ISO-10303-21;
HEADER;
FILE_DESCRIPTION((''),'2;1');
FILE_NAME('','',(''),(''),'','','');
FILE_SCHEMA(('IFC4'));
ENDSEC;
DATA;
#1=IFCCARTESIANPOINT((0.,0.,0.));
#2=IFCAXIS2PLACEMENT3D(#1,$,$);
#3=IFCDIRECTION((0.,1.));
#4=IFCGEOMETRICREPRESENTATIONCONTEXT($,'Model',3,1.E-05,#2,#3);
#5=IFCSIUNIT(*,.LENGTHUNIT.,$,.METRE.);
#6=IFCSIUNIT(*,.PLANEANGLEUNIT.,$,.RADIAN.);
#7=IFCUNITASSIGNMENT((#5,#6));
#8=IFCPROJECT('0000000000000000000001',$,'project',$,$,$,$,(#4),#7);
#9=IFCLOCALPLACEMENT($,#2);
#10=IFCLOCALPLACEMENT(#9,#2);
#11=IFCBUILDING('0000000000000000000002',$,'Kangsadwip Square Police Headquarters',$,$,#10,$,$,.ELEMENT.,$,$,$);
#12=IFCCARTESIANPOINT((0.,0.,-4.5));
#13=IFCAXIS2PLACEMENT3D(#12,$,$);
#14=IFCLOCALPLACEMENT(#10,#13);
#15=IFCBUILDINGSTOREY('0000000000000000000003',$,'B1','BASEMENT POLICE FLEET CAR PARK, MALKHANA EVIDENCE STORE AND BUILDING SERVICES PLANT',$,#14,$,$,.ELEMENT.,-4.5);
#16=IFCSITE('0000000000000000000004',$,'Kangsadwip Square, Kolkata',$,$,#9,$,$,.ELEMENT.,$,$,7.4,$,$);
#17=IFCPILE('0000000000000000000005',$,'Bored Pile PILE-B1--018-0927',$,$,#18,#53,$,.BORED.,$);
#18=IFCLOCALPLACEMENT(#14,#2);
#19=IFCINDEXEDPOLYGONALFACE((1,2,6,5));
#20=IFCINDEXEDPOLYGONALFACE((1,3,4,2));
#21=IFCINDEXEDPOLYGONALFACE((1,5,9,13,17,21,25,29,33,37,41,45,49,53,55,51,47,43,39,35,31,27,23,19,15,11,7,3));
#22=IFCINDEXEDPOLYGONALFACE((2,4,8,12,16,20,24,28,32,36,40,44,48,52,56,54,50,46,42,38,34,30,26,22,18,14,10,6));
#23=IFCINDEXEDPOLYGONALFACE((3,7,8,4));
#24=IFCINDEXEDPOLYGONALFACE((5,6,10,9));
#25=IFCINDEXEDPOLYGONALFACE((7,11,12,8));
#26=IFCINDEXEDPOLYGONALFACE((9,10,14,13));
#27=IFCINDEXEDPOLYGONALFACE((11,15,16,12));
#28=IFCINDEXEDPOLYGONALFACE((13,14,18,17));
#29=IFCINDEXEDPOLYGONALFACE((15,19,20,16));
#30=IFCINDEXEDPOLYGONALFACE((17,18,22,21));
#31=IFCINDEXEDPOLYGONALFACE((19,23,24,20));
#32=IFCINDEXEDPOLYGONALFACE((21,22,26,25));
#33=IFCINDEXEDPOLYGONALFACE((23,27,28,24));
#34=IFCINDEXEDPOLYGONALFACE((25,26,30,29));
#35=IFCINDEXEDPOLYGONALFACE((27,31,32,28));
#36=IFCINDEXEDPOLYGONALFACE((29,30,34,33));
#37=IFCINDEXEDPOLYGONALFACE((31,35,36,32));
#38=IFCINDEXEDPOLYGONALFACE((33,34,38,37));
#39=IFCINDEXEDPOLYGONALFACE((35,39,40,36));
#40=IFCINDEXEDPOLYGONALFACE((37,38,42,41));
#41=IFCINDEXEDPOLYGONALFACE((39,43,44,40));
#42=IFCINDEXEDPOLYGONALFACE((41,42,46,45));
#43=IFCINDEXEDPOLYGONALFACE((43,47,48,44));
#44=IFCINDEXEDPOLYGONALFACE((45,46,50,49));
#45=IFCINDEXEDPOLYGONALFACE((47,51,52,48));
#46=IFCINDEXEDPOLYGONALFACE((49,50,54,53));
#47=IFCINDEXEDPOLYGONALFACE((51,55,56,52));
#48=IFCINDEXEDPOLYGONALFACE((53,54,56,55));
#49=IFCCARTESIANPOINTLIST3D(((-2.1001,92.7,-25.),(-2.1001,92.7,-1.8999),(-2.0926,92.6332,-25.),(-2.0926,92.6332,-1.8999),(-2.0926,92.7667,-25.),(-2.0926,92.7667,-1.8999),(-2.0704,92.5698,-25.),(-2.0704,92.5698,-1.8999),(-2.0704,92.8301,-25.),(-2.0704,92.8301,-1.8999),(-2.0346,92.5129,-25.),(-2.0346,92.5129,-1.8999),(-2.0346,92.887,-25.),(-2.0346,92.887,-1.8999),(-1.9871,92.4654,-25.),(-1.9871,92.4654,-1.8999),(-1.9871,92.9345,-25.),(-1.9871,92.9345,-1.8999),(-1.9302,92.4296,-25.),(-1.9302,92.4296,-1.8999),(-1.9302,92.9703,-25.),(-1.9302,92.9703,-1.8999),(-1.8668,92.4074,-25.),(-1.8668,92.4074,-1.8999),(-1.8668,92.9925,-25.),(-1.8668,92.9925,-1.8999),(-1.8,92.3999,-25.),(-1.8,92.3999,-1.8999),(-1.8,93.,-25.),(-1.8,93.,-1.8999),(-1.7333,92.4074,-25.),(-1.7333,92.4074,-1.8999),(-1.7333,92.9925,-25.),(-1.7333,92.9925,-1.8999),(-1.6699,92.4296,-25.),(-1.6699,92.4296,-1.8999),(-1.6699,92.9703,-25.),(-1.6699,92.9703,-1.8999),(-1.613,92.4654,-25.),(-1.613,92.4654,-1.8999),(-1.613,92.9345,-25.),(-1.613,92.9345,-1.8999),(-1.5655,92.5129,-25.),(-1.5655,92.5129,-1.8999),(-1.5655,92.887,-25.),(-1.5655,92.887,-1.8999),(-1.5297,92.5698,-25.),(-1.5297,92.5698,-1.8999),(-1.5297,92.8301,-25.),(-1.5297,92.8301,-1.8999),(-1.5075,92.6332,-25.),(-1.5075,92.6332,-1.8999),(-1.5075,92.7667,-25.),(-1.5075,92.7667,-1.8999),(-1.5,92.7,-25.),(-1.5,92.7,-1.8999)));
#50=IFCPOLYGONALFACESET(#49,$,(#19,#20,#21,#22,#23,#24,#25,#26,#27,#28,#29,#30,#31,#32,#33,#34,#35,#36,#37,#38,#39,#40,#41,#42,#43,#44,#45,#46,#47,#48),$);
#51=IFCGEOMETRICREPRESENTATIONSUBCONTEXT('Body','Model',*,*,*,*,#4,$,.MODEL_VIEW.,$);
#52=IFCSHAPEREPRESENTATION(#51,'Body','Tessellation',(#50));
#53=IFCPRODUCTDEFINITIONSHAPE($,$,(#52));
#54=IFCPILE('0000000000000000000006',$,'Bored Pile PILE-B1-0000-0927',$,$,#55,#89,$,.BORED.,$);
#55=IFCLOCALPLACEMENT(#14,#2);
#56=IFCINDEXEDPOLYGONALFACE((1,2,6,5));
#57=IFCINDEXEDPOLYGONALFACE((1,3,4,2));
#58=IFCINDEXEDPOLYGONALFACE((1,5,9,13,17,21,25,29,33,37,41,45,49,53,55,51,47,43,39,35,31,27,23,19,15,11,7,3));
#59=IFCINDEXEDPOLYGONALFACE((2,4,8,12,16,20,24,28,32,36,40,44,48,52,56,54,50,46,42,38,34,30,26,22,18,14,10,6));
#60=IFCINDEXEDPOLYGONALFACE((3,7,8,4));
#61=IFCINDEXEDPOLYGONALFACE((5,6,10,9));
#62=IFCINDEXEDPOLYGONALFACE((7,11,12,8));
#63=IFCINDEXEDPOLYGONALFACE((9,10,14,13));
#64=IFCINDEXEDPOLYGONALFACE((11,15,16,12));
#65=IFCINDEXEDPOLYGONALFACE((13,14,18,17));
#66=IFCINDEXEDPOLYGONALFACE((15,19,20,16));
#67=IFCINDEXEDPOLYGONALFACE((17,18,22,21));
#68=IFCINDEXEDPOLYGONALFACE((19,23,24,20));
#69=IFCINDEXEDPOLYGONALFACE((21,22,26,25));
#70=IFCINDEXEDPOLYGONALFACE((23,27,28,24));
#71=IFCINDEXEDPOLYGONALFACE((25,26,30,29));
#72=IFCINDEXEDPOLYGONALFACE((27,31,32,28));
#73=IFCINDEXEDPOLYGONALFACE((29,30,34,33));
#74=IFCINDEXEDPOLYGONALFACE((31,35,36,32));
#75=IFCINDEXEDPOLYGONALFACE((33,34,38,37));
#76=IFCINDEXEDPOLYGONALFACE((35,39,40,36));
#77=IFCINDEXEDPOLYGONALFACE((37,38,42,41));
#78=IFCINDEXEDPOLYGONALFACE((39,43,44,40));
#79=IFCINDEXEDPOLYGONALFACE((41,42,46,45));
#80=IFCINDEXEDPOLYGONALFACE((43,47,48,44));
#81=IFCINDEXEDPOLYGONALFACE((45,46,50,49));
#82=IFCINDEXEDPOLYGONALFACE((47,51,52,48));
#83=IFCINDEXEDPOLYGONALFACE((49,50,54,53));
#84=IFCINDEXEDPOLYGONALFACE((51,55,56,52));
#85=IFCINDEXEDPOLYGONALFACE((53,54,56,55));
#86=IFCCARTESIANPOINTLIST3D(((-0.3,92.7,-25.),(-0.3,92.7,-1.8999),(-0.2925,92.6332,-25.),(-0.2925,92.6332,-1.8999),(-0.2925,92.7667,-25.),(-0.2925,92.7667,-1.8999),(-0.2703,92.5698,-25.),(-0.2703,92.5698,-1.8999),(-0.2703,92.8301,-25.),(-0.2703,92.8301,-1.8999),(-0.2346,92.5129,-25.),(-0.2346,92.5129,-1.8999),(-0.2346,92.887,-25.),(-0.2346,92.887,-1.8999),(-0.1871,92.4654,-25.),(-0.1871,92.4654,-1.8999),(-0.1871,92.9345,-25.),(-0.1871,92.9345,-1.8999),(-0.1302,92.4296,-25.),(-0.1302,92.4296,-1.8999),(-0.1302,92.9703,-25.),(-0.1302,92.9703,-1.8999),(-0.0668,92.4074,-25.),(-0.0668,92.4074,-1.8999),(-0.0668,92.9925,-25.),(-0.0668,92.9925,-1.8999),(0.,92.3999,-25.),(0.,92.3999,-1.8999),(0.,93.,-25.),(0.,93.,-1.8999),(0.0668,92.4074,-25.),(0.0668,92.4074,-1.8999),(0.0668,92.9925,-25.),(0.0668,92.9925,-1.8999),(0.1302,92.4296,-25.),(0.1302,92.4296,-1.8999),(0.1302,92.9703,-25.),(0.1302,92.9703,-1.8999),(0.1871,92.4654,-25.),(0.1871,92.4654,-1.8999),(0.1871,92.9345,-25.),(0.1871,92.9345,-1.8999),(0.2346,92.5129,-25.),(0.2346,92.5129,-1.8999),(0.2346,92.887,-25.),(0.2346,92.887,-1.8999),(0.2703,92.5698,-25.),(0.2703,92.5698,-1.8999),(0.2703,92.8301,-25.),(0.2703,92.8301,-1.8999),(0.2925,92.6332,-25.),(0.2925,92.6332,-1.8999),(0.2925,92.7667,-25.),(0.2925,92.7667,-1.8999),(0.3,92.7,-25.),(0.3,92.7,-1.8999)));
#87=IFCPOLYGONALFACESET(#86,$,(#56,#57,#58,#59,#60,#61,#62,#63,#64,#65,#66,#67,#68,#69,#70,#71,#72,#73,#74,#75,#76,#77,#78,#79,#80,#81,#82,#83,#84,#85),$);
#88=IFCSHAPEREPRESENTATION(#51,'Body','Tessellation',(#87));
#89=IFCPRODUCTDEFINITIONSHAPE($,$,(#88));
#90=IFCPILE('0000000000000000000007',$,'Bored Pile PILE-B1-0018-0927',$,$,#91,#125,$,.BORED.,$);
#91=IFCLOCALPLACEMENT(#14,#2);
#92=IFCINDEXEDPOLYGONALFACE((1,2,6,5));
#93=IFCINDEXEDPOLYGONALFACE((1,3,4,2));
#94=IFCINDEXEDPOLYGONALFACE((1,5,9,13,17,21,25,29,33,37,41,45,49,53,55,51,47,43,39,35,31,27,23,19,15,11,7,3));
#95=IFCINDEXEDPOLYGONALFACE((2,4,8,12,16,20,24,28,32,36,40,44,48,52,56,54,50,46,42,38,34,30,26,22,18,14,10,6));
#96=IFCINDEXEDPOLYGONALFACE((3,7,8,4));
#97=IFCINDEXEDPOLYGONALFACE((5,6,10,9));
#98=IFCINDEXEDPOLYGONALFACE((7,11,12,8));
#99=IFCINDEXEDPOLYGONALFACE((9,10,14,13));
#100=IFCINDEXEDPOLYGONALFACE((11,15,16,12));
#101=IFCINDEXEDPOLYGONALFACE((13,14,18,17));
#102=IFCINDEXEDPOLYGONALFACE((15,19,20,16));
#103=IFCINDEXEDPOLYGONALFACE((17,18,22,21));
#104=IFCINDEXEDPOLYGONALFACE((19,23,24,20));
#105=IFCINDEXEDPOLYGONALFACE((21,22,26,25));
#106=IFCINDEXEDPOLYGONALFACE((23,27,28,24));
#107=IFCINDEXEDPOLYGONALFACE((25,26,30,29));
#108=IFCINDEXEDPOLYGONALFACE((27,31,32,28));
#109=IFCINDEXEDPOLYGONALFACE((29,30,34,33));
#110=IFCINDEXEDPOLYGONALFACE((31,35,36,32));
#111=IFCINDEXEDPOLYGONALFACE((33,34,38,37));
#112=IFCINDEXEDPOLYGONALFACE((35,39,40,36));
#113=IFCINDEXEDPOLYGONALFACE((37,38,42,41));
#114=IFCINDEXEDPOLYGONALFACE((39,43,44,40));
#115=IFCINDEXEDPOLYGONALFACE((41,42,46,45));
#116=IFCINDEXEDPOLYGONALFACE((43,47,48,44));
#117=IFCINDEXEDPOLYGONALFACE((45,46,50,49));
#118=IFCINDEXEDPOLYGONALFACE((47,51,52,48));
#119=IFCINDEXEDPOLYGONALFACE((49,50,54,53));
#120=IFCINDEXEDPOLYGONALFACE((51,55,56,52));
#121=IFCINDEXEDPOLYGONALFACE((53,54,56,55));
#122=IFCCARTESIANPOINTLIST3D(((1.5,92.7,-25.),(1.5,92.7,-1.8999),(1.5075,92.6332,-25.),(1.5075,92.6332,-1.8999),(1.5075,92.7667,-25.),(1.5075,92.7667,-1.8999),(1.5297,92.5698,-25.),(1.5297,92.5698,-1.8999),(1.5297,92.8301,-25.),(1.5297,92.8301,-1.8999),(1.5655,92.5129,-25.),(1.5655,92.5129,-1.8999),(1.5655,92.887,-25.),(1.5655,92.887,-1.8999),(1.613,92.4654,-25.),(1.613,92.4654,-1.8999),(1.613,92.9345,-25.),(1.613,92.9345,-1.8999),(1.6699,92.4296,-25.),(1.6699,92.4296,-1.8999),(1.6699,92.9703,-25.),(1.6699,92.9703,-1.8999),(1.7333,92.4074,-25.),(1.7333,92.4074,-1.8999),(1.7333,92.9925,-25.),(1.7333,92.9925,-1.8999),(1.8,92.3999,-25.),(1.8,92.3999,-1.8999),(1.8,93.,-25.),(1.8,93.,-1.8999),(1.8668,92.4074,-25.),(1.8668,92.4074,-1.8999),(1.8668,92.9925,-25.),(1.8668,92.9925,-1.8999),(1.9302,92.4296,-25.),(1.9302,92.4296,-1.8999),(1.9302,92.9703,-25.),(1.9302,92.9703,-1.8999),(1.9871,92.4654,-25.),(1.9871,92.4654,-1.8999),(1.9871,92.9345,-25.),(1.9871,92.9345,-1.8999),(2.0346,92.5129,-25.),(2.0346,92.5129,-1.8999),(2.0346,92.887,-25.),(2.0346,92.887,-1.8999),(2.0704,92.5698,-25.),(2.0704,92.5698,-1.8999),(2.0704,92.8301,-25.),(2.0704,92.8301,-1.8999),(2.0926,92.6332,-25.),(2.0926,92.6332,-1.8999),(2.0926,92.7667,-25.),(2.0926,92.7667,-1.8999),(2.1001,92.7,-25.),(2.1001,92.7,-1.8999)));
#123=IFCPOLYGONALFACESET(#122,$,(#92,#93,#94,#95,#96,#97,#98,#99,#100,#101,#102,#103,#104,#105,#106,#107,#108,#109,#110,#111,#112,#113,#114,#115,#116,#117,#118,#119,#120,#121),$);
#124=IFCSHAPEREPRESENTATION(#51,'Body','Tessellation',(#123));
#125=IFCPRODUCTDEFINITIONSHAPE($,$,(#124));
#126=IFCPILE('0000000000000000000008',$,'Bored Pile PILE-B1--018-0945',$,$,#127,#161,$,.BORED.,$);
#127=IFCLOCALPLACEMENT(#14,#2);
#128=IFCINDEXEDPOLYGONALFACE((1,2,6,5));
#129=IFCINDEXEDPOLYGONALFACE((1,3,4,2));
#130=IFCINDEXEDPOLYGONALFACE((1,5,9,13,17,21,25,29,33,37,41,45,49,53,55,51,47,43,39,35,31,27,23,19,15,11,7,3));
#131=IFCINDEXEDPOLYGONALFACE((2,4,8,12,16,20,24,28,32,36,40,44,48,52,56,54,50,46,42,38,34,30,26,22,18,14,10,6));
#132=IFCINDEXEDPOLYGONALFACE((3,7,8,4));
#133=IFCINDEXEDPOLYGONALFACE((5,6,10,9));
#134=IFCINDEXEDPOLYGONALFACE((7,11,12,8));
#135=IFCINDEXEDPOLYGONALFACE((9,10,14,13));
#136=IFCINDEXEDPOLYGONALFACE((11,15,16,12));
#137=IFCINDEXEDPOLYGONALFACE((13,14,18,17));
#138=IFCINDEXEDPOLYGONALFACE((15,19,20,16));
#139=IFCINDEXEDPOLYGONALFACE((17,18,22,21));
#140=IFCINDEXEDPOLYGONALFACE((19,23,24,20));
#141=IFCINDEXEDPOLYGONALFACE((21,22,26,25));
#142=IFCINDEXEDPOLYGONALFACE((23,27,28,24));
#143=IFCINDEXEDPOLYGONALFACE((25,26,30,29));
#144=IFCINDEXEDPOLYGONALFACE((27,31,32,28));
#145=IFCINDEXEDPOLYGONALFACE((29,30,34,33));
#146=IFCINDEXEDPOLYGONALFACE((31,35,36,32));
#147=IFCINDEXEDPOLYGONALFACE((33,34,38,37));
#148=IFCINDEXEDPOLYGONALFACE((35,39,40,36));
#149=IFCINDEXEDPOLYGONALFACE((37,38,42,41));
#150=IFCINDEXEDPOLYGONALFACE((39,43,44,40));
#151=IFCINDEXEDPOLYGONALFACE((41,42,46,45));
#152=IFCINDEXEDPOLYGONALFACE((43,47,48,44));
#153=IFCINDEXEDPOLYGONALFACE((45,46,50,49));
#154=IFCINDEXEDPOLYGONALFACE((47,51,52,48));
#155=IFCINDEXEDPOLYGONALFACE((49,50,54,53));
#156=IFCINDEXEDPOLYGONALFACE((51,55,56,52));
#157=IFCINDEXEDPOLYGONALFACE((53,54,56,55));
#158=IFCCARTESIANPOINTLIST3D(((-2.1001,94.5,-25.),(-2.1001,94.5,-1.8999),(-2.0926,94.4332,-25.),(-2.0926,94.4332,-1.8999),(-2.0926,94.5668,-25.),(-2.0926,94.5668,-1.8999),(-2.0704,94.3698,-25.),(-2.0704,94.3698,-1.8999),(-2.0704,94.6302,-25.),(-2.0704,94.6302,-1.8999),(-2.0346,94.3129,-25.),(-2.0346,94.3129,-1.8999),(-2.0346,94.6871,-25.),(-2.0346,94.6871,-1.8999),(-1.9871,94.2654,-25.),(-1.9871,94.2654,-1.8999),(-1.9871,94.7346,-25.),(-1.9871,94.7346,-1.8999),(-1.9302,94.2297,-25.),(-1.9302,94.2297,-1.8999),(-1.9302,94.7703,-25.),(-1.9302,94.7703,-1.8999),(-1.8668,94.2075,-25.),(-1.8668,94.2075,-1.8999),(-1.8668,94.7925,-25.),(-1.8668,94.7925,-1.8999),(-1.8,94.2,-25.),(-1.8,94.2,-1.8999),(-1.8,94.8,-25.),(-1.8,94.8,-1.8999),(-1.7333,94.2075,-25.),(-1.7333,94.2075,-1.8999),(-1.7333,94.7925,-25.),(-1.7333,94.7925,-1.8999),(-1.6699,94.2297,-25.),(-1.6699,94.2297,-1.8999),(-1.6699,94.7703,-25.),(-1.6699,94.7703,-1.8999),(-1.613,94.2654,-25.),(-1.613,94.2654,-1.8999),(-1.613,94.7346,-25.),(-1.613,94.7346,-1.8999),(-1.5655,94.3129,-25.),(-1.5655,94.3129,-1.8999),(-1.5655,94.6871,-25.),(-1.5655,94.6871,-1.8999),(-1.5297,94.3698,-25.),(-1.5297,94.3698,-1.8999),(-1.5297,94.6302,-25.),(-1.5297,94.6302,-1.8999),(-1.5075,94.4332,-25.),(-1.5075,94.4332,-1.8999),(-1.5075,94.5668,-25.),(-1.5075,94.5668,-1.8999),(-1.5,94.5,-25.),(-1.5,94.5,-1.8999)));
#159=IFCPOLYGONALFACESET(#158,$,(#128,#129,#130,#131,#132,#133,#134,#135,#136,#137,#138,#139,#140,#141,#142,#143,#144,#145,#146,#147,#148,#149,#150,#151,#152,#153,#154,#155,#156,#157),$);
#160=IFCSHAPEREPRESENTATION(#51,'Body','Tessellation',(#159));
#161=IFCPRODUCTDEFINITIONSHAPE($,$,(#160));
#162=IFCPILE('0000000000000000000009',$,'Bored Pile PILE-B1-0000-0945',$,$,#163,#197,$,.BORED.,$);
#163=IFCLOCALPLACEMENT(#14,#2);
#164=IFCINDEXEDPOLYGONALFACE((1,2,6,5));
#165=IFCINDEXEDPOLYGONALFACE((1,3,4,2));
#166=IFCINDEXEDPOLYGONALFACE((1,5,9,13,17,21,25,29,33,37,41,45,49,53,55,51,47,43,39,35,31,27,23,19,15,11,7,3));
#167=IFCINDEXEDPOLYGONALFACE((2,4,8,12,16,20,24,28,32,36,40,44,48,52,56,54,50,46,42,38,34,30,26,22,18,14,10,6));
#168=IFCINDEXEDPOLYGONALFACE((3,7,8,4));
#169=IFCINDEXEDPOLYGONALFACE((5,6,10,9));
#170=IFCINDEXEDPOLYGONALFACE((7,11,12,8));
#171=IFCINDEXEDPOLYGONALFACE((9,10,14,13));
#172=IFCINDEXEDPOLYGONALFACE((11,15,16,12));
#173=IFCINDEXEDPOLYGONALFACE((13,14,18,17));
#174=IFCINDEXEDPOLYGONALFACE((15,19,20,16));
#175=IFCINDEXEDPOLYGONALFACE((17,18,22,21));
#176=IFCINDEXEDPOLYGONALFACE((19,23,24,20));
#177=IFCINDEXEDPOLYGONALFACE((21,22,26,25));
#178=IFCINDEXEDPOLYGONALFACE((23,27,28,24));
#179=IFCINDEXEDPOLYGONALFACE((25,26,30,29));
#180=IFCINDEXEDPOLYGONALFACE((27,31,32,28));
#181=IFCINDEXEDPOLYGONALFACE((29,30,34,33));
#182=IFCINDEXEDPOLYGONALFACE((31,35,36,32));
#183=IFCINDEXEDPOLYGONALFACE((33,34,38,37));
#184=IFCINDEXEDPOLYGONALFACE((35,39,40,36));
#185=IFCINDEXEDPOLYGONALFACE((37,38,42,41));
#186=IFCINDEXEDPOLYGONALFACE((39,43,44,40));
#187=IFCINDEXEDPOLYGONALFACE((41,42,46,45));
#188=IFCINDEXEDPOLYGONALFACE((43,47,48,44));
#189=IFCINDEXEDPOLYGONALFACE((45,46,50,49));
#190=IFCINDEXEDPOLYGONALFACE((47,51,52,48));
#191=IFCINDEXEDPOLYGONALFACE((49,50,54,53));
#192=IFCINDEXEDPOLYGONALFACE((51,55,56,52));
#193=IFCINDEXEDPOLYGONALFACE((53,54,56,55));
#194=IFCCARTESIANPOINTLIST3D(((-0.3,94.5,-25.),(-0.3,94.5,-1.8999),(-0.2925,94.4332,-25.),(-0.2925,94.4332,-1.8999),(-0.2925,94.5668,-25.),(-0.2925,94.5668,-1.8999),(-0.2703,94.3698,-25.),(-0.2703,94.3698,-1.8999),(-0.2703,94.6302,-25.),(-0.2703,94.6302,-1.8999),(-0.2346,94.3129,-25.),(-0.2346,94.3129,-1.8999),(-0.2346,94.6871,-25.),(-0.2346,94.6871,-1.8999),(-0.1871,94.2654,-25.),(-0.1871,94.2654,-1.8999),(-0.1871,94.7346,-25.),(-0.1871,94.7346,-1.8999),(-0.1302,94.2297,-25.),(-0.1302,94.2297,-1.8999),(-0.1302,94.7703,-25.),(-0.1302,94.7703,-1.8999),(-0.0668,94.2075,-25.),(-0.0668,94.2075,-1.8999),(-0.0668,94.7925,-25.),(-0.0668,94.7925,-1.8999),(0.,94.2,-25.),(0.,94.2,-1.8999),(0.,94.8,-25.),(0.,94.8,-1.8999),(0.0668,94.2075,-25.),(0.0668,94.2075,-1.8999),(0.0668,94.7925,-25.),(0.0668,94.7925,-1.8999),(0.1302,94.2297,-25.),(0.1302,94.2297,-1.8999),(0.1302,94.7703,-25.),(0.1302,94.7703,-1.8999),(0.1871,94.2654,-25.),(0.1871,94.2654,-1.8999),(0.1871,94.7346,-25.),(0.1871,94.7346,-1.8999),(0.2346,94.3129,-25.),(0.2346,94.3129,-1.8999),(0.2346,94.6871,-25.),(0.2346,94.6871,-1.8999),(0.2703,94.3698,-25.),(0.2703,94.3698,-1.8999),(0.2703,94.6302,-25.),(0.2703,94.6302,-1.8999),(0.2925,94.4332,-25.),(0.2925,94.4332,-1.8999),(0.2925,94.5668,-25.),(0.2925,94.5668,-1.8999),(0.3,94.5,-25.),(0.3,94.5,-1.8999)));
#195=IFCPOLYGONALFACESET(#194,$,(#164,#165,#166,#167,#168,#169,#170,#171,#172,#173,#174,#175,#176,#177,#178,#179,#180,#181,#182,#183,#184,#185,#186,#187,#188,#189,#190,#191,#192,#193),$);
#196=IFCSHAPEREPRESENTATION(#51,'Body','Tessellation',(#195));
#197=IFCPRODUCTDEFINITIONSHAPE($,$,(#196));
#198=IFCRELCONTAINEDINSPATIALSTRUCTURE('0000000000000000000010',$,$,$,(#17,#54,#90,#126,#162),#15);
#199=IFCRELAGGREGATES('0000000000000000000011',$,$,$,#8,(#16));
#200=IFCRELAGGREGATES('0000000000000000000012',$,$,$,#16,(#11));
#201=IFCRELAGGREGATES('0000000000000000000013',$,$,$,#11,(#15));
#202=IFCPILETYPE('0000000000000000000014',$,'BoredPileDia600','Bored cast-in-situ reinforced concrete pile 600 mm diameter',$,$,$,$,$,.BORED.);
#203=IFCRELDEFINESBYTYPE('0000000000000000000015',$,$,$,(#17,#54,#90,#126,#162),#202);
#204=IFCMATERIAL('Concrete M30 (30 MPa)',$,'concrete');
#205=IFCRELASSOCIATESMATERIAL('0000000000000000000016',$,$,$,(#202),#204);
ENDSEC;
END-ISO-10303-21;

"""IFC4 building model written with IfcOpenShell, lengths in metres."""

from ifc_helpers import new_model, si_unit, direction, frame, origin, origin_2d, place, context, subcontext, project, spatial, circle, extrude, material, material_profile, profile_set, type_object, element, save


model = new_model("IFC4")

# Units and contexts
model_context = context("Model", 3, precision=1e-05, world=origin(), true_north=direction((0.0, 1.0)))
body_context = subcontext(model_context, "Body", "Model", "MODEL_VIEW")
ifc_project = project(units=[si_unit("LENGTHUNIT", "METRE"), si_unit("PLANEANGLEUNIT", "RADIAN")], contexts=[model_context])

# Site, building, storey
site_placement = place(None, origin())
site = spatial("IfcSite", under=ifc_project, at=site_placement, Name="Kangsadwip Square, Kolkata", CompositionType="ELEMENT", RefElevation=7.4)
building_placement = place(site_placement, origin())
building = spatial("IfcBuilding", under=site, at=building_placement, Name="Kangsadwip Square Police Headquarters", CompositionType="ELEMENT")
storey_placement = place(building_placement, frame((0.0, 0.0, -4.5)))
storey = spatial("IfcBuildingStorey", under=building, at=storey_placement, Name="B1", Description="BASEMENT POLICE FLEET CAR PARK, MALKHANA EVIDENCE STORE AND BUILDING SERVICES PLANT", CompositionType="ELEMENT", Elevation=-4.5)

# Piles
ifc_material_1 = material(Name="Concrete M30 (30 MPa)", Category="concrete")
ifc_material_profile_1 = material_profile(ifc_material_1, circle(Radius=0.3, at=origin_2d()), Name="PILE DIA 600")
ifc_profile_set_1 = profile_set([ifc_material_profile_1], Name="Concrete M30 (30 MPa)")
pile_type_1 = type_object("IfcPileType", Name="BoredPileDia600", Description="Bored cast-in-situ reinforced concrete pile 600 mm diameter", PredefinedType="BORED", material=ifc_profile_set_1)
for number, where, z_axis, x_axis, name in (
    (1, (-1.8, 92.7, -1.8999), (0.0, 0.0, -1.0), (1.0, 0.0, 0.0), "Bored Pile PILE-B1--018-0927"),
    (2, (0.0, 92.7, -1.8999), (0.0, 0.0, -1.0), (1.0, 0.0, 0.0), "Bored Pile PILE-B1-0000-0927"),
    (3, (1.8, 92.7, -1.8999), (0.0, 0.0, -1.0), (1.0, 0.0, 0.0), "Bored Pile PILE-B1-0018-0927"),
    (4, (-1.8, 94.5, -1.8999), (0.0, 0.0, -1.0), (1.0, 0.0, 0.0), "Bored Pile PILE-B1--018-0945"),
    (5, (0.0, 94.5, -1.8999), (0.0, 0.0, -1.0), (1.0, 0.0, 0.0), "Bored Pile PILE-B1-0000-0945"),
):
    element("IfcPile", number, at=place(storey_placement, frame(where, z_axis=z_axis, x_axis=x_axis)), inside=storey, type_object=pile_type_1, Name=name, PredefinedType="BORED", context=body_context, shape_type="SweptSolid", body=[
        extrude(circle(Radius=0.3, at=origin_2d()), origin(), (0.0, 0.0, 1.0), 23.1001),
    ])

save(model, "model.ifc")
